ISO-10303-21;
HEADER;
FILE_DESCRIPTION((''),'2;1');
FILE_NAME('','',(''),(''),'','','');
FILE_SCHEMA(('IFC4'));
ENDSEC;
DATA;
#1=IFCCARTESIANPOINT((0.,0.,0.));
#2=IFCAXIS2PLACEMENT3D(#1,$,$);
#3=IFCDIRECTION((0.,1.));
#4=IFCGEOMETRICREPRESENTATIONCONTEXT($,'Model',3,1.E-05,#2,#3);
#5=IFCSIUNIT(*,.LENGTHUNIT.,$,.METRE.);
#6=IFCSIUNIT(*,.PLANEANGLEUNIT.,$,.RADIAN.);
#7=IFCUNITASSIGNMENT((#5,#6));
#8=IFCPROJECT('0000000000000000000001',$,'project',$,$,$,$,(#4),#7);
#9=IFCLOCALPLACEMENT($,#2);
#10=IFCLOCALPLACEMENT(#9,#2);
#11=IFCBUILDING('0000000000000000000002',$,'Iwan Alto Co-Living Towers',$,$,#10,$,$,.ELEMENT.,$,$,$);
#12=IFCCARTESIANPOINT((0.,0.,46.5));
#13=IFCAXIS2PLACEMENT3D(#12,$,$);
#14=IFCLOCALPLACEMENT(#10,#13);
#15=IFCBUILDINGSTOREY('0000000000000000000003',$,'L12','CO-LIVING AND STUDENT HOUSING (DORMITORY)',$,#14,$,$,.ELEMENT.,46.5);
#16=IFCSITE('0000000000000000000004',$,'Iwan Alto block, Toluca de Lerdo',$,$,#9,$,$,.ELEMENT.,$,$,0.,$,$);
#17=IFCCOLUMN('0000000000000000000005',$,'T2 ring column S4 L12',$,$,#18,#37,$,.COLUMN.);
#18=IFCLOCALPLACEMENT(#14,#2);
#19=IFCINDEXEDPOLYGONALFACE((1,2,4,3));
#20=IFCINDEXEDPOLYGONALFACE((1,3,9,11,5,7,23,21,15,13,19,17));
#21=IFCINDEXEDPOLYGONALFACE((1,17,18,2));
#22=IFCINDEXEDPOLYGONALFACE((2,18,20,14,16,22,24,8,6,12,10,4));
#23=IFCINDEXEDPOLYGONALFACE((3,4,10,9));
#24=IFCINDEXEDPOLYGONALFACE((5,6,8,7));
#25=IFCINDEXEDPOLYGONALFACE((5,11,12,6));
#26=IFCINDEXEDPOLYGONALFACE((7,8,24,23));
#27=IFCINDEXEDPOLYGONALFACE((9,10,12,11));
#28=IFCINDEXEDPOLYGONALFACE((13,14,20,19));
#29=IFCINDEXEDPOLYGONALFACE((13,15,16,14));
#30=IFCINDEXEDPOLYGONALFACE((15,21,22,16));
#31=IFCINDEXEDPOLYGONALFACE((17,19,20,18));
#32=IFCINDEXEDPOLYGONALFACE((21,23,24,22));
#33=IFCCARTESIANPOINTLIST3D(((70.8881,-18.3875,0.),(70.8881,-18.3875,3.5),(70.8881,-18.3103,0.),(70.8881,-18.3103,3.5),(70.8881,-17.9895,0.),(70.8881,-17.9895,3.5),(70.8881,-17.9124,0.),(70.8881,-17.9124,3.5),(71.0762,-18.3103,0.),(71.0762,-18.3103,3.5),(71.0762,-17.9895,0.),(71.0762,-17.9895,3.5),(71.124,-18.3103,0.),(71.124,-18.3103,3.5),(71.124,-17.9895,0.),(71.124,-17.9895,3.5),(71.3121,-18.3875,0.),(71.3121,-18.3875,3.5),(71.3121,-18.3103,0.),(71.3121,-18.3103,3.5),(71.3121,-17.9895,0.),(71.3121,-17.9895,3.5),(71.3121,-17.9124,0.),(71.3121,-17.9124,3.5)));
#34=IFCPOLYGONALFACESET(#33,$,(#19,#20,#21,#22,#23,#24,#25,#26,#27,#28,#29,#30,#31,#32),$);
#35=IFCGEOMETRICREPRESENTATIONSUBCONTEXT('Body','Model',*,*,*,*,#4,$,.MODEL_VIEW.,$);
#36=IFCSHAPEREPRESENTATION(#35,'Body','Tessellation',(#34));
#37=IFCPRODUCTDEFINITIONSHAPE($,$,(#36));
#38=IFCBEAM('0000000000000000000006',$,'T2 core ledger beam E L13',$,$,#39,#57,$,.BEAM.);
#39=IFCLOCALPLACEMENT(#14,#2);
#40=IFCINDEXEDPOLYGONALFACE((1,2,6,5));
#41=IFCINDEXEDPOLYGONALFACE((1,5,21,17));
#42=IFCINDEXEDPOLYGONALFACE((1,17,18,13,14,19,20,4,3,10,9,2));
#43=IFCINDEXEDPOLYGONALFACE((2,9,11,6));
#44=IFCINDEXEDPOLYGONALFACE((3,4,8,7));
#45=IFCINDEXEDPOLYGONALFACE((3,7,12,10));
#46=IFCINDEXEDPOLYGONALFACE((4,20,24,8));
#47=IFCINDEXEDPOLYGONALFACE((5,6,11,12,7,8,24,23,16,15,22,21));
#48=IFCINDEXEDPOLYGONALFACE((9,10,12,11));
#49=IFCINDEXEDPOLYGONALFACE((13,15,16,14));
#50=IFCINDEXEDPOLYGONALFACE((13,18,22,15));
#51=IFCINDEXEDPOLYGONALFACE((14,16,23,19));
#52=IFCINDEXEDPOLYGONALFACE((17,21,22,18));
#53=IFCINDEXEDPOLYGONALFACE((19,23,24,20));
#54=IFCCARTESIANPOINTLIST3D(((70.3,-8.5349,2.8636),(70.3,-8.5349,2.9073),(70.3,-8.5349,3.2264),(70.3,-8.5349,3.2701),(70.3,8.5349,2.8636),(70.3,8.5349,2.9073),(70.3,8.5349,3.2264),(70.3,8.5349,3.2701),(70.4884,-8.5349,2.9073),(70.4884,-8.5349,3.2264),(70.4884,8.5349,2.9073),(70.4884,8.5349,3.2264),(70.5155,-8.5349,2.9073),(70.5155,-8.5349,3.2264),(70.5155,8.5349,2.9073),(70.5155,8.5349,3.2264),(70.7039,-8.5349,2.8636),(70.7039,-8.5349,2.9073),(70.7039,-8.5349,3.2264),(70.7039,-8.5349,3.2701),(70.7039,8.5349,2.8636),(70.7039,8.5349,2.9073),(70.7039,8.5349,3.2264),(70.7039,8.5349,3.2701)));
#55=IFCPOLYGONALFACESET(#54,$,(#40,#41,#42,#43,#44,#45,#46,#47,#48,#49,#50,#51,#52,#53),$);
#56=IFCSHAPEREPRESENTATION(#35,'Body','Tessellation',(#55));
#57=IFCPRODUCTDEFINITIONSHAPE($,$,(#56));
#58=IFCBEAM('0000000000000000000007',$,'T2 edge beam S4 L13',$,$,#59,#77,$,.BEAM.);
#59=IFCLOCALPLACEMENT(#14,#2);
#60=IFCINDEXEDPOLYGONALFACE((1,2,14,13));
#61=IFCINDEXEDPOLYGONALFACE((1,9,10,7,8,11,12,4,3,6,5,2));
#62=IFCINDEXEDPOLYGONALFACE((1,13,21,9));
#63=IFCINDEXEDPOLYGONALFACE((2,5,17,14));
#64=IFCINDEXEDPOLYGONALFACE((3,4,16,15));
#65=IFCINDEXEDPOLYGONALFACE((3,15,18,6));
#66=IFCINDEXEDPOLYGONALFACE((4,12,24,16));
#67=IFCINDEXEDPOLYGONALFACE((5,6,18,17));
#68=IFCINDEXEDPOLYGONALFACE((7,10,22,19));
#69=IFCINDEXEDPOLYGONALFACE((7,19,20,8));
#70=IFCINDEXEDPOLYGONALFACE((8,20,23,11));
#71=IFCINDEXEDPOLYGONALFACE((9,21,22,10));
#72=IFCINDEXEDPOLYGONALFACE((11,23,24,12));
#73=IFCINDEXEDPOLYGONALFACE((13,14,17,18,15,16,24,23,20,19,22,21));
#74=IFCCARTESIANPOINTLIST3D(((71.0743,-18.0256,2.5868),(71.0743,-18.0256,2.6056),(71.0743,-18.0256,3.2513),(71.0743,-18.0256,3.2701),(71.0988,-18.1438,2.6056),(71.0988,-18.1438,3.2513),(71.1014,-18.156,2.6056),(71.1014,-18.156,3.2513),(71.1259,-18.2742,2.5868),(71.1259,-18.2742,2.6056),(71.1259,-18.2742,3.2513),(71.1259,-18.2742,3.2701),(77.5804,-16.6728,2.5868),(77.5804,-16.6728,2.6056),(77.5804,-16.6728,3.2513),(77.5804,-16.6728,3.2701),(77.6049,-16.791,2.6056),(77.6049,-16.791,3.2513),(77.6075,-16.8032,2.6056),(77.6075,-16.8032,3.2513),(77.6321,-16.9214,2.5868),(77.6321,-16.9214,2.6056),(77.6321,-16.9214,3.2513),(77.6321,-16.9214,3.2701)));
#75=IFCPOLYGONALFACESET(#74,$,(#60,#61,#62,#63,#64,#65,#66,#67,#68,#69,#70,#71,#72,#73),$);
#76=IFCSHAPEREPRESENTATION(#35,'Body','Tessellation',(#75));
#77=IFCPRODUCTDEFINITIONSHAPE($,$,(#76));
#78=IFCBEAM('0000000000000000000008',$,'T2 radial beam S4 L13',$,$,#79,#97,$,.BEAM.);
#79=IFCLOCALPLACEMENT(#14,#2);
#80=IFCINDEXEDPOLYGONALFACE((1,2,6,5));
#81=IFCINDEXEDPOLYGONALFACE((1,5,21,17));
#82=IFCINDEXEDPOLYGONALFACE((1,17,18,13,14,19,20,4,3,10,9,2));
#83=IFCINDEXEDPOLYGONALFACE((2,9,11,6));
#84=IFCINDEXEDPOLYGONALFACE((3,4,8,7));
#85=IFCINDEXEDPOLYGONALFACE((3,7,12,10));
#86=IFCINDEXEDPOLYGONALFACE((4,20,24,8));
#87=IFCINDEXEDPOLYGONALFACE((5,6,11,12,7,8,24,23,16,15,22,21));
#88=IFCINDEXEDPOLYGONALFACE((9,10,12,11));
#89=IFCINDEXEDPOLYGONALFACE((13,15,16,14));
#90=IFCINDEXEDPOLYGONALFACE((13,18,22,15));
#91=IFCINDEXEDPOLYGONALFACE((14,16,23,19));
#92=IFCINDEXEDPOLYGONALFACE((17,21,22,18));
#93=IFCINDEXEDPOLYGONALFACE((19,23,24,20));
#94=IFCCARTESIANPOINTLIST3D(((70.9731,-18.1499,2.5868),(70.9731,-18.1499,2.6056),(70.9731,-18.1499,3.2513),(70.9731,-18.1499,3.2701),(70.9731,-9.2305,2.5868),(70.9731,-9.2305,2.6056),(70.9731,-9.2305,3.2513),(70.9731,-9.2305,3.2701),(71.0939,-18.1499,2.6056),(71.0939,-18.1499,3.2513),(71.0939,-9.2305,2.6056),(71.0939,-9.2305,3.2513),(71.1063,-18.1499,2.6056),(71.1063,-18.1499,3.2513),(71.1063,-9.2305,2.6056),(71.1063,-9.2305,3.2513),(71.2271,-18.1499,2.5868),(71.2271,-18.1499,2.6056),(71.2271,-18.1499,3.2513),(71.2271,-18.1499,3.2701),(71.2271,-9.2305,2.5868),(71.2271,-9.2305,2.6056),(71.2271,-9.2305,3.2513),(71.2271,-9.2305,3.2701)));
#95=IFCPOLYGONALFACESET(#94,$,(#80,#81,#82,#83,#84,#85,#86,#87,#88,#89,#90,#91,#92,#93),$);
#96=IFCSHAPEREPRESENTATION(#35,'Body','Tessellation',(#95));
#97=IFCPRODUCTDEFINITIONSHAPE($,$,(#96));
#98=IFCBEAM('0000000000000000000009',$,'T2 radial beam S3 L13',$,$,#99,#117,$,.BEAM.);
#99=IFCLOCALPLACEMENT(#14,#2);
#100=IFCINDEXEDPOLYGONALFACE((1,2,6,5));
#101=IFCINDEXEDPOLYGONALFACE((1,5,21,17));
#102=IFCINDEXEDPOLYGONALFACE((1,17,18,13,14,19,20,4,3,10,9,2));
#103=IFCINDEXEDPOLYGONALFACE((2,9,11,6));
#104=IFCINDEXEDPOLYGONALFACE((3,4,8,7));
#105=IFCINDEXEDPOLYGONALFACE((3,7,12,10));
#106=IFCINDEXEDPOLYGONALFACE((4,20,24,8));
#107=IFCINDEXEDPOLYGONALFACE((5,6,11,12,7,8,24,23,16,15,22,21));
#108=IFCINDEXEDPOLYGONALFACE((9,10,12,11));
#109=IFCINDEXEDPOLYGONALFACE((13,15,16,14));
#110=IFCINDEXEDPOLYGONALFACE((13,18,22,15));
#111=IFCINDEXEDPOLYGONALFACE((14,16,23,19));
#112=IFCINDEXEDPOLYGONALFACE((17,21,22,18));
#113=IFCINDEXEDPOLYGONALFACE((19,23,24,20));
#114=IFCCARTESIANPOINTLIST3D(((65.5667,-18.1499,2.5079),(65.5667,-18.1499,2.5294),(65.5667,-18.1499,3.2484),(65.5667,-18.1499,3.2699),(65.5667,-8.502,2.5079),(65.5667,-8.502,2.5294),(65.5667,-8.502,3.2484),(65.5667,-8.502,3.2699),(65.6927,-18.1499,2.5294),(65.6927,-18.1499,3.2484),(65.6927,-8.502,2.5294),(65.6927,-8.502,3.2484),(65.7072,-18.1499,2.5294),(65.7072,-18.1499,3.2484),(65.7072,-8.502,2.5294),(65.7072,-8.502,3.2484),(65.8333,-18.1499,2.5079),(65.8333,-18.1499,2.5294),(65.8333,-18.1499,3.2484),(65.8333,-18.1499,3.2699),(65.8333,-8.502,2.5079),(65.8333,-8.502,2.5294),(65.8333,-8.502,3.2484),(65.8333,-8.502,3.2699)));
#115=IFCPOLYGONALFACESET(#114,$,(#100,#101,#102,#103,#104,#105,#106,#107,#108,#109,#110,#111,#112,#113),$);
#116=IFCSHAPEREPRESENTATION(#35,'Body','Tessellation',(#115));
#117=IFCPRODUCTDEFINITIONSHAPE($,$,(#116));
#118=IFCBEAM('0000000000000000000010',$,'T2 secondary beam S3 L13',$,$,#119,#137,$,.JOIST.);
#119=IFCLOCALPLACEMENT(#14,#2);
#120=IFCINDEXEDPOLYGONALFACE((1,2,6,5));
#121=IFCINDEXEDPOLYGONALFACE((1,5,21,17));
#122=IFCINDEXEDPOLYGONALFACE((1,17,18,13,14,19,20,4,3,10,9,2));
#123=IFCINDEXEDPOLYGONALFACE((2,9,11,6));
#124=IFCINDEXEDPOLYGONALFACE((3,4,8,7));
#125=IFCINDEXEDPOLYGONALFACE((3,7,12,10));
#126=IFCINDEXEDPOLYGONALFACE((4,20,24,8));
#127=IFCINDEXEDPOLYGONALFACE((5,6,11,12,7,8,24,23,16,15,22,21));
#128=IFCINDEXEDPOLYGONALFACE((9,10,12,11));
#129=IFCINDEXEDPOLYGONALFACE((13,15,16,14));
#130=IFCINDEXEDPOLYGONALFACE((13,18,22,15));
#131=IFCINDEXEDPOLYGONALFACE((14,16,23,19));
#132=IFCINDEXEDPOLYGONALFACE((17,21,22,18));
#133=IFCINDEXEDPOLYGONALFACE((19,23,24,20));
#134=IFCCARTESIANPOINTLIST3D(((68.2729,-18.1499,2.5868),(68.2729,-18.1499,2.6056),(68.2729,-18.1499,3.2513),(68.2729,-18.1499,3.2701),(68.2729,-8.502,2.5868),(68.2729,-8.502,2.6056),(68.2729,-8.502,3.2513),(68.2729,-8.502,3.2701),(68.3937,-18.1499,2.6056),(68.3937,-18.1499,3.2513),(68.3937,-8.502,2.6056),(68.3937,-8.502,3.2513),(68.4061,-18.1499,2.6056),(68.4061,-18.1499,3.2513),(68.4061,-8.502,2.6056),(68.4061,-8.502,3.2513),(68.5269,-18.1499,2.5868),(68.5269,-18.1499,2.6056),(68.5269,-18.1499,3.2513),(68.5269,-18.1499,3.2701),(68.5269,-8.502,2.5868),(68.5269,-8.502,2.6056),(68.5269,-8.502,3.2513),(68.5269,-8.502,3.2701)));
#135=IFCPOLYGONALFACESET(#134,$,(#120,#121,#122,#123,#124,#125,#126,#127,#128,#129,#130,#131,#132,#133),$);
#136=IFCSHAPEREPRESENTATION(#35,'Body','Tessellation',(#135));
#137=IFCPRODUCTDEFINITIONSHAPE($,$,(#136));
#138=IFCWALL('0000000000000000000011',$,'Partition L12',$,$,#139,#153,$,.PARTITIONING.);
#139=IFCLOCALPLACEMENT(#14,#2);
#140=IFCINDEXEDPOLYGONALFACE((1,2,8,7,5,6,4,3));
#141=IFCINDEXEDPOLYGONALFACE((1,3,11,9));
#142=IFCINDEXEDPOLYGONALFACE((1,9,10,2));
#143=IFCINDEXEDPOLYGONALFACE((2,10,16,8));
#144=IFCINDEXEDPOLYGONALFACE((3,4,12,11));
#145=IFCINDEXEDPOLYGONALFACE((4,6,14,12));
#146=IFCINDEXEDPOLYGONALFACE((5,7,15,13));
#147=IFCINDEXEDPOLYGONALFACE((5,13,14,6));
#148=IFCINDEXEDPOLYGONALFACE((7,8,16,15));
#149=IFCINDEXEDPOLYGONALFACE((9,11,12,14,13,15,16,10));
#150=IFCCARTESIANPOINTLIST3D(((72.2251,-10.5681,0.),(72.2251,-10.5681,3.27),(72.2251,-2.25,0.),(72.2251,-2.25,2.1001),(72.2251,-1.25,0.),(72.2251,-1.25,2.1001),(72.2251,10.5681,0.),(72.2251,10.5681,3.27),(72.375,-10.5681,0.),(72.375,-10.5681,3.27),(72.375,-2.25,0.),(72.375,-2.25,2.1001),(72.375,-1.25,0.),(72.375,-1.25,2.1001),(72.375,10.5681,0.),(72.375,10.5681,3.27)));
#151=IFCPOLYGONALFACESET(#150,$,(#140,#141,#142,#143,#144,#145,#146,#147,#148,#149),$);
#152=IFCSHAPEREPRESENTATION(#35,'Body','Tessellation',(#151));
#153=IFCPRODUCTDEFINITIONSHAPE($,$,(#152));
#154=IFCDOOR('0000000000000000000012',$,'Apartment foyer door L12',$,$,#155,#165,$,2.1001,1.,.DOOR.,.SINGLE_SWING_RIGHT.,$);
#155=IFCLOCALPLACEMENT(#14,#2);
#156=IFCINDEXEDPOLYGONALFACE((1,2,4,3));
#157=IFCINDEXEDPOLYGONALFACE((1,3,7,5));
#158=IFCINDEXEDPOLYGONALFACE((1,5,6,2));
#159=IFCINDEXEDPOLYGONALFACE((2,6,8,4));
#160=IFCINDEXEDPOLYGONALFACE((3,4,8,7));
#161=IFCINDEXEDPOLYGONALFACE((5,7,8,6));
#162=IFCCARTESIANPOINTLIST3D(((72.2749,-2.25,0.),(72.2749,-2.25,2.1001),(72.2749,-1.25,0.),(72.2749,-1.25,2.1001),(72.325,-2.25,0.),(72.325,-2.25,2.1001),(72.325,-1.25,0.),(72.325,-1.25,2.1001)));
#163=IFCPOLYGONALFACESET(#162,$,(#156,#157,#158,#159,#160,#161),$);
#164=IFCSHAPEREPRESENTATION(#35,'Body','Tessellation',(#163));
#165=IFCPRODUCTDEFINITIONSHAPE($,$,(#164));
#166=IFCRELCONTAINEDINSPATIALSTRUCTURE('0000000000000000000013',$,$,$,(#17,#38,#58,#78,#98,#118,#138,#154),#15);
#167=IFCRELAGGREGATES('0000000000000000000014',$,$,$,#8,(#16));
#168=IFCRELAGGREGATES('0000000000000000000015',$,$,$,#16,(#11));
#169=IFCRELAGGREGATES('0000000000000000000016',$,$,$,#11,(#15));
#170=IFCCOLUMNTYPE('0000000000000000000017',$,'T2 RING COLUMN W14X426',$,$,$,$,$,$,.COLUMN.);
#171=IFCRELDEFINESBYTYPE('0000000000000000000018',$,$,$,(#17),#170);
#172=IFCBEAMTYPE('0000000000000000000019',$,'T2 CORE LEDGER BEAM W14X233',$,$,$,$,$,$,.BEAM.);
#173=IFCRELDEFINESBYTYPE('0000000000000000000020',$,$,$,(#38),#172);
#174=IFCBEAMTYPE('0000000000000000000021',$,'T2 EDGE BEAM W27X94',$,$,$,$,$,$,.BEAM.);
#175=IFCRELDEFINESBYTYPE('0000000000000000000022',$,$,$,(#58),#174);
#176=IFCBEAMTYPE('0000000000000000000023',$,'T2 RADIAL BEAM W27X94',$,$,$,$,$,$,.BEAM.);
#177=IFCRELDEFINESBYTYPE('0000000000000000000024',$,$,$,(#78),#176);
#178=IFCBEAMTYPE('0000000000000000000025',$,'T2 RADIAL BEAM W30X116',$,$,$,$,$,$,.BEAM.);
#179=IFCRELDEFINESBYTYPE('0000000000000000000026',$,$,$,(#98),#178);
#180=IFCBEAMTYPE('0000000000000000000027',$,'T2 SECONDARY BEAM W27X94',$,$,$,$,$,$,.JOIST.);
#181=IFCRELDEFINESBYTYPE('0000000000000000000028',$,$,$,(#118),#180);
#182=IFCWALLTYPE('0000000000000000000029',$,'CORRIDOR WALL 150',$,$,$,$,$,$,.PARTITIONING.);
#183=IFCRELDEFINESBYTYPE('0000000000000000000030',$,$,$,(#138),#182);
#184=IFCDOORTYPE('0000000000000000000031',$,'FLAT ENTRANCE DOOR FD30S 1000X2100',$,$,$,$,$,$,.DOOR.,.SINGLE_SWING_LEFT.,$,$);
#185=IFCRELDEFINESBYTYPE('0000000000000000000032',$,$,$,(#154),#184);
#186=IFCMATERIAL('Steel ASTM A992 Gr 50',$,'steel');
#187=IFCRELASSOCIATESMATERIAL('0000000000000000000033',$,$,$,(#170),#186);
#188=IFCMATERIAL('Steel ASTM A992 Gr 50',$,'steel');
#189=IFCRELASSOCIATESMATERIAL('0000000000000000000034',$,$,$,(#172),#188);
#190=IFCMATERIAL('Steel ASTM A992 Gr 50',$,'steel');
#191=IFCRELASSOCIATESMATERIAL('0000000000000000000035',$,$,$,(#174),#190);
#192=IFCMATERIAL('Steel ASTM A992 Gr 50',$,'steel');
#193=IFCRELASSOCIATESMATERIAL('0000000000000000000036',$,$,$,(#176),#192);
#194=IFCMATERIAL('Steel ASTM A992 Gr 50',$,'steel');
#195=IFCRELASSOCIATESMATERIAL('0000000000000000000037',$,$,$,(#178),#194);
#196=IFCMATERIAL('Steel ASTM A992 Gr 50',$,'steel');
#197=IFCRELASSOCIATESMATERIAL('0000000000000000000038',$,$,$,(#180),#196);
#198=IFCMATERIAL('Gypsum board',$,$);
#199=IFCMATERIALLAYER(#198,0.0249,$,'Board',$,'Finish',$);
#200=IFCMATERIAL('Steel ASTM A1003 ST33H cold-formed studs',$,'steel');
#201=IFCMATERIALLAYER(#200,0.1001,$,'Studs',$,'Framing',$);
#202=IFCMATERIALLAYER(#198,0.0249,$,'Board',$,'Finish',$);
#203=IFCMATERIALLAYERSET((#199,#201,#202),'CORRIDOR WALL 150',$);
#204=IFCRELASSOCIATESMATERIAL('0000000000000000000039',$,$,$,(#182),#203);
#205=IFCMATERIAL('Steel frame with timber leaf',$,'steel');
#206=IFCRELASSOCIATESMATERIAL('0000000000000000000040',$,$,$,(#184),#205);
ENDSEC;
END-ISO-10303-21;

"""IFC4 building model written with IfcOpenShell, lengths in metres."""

from ifc_helpers import new_model, si_unit, direction, frame, frame_2d, origin, origin_2d, place, context, subcontext, project, spatial, rectangle, i_section, extrude, material, layer, layer_set, material_profile, profile_set, type_object, element, fill, save


model = new_model("IFC4")

# Units and contexts
model_context = context("Model", 3, precision=1e-05, world=origin(), true_north=direction((0.0, 1.0)))
body_context = subcontext(model_context, "Body", "Model", "MODEL_VIEW")
ifc_project = project(units=[si_unit("LENGTHUNIT", "METRE"), si_unit("PLANEANGLEUNIT", "RADIAN")], contexts=[model_context])

# Site, building, storey
site_placement = place(None, origin())
site = spatial("IfcSite", under=ifc_project, at=site_placement, Name="Iwan Alto block, Toluca de Lerdo", CompositionType="ELEMENT", RefElevation=0.0)
building_placement = place(site_placement, origin())
building = spatial("IfcBuilding", under=site, at=building_placement, Name="Iwan Alto Co-Living Towers", CompositionType="ELEMENT")
storey_placement = place(building_placement, frame((0.0, 0.0, 46.5)))
storey = spatial("IfcBuildingStorey", under=building, at=storey_placement, Name="L12", Description="CO-LIVING AND STUDENT HOUSING (DORMITORY)", CompositionType="ELEMENT", Elevation=46.5)

# Column
ifc_material_1 = material(Name="Steel ASTM A992 Gr 50", Category="steel")
ifc_material_profile_1 = material_profile(ifc_material_1, i_section(OverallWidth=0.4241, OverallDepth=0.4751, WebThickness=0.0479, FlangeThickness=0.0771, at=origin_2d()), Name="W14X426")
ifc_profile_set_1 = profile_set([ifc_material_profile_1], Name="Steel ASTM A992 Gr 50")
column_type = type_object("IfcColumnType", Name="T2 RING COLUMN W14X426", PredefinedType="COLUMN", material=ifc_profile_set_1)
column_placement = place(storey_placement, frame((71.1001, -18.1499, 0.0), z_axis=(0.0, 0.0, 1.0), x_axis=(1.0, 0.0, 0.0)))
element("IfcColumn", 1, at=column_placement, inside=storey, type_object=column_type, Name="T2 ring column S4 L12", PredefinedType="COLUMN", context=body_context, shape_type="SweptSolid", body=[
    extrude(i_section(OverallWidth=0.4241, OverallDepth=0.4751, WebThickness=0.0479, FlangeThickness=0.0771, at=origin_2d()), origin(), (0.0, 0.0, 1.0), 3.5),
])

# Beams
ifc_material_2 = material(Name="Steel ASTM A992 Gr 50", Category="steel")
ifc_material_profile_2 = material_profile(ifc_material_2, i_section(OverallWidth=0.4038, OverallDepth=0.4065, WebThickness=0.0271, FlangeThickness=0.0437, at=origin_2d()), Name="W14X233")
ifc_profile_set_2 = profile_set([ifc_material_profile_2], Name="Steel ASTM A992 Gr 50")
beam_type_1 = type_object("IfcBeamType", Name="T2 CORE LEDGER BEAM W14X233", PredefinedType="BEAM", material=ifc_profile_set_2)
beam_1_placement = place(storey_placement, frame((70.502, -8.5349, 3.0669), z_axis=(0.0, 1.0, 0.0), x_axis=(-1.0, 0.0, 0.0)))
element("IfcBeam", 2, at=beam_1_placement, inside=storey, type_object=beam_type_1, Name="T2 core ledger beam E L13", PredefinedType="BEAM", context=body_context, shape_type="SweptSolid", body=[
    extrude(i_section(OverallWidth=0.4038, OverallDepth=0.4065, WebThickness=0.0271, FlangeThickness=0.0437, at=origin_2d()), origin(), (0.0, 0.0, 1.0), 17.0698),
])
ifc_material_3 = material(Name="Steel ASTM A992 Gr 50", Category="steel")
ifc_material_profile_3 = material_profile(ifc_material_3, i_section(OverallWidth=0.2539, OverallDepth=0.6833, WebThickness=0.0125, FlangeThickness=0.0188, at=origin_2d()), Name="W27X94")
ifc_profile_set_3 = profile_set([ifc_material_profile_3], Name="Steel ASTM A992 Gr 50")
beam_type_2 = type_object("IfcBeamType", Name="T2 EDGE BEAM W27X94", PredefinedType="BEAM", material=ifc_profile_set_3)
beam_2_placement = place(storey_placement, frame((71.1001, -18.1499, 2.9285), z_axis=(0.97906, 0.203571, 0.0), x_axis=(-0.203571, 0.97906, 0.0)))
element("IfcBeam", 3, at=beam_2_placement, inside=storey, type_object=beam_type_2, Name="T2 edge beam S4 L13", PredefinedType="BEAM", context=body_context, shape_type="SweptSolid", body=[
    extrude(i_section(OverallWidth=0.2539, OverallDepth=0.6833, WebThickness=0.0125, FlangeThickness=0.0188, at=origin_2d()), origin(), (0.0, 0.0, 1.0), 6.6453),
])
ifc_material_4 = material(Name="Steel ASTM A992 Gr 50", Category="steel")
ifc_material_profile_4 = material_profile(ifc_material_4, i_section(OverallWidth=0.2539, OverallDepth=0.6833, WebThickness=0.0125, FlangeThickness=0.0188, at=origin_2d()), Name="W27X94")
ifc_profile_set_4 = profile_set([ifc_material_profile_4], Name="Steel ASTM A992 Gr 50")
beam_type_3 = type_object("IfcBeamType", Name="T2 RADIAL BEAM W27X94", PredefinedType="BEAM", material=ifc_profile_set_4)
beam_3_placement = place(storey_placement, frame((71.1001, -18.1499, 2.9285), z_axis=(0.0, 1.0, 0.0), x_axis=(-1.0, 0.0, 0.0)))
element("IfcBeam", 4, at=beam_3_placement, inside=storey, type_object=beam_type_3, Name="T2 radial beam S4 L13", PredefinedType="BEAM", context=body_context, shape_type="SweptSolid", body=[
    extrude(i_section(OverallWidth=0.2539, OverallDepth=0.6833, WebThickness=0.0125, FlangeThickness=0.0188, at=origin_2d()), origin(), (0.0, 0.0, 1.0), 8.9194),
])
ifc_material_5 = material(Name="Steel ASTM A992 Gr 50", Category="steel")
ifc_material_profile_5 = material_profile(ifc_material_5, i_section(OverallWidth=0.2666, OverallDepth=0.762, WebThickness=0.0144, FlangeThickness=0.0215, at=origin_2d()), Name="W30X116")
ifc_profile_set_5 = profile_set([ifc_material_profile_5], Name="Steel ASTM A992 Gr 50")
beam_type_4 = type_object("IfcBeamType", Name="T2 RADIAL BEAM W30X116", PredefinedType="BEAM", material=ifc_profile_set_5)
beam_4_placement = place(storey_placement, frame((65.7, -18.1499, 2.8889), z_axis=(0.0, 1.0, 0.0), x_axis=(-1.0, 0.0, 0.0)))
element("IfcBeam", 5, at=beam_4_placement, inside=storey, type_object=beam_type_4, Name="T2 radial beam S3 L13", PredefinedType="BEAM", context=body_context, shape_type="SweptSolid", body=[
    extrude(i_section(OverallWidth=0.2666, OverallDepth=0.762, WebThickness=0.0144, FlangeThickness=0.0215, at=origin_2d()), origin(), (0.0, 0.0, 1.0), 9.6479),
])
ifc_material_6 = material(Name="Steel ASTM A992 Gr 50", Category="steel")
ifc_material_profile_6 = material_profile(ifc_material_6, i_section(OverallWidth=0.2539, OverallDepth=0.6833, WebThickness=0.0125, FlangeThickness=0.0188, at=origin_2d()), Name="W27X94")
ifc_profile_set_6 = profile_set([ifc_material_profile_6], Name="Steel ASTM A992 Gr 50")
beam_type_5 = type_object("IfcBeamType", Name="T2 SECONDARY BEAM W27X94", PredefinedType="JOIST", material=ifc_profile_set_6)
beam_5_placement = place(storey_placement, frame((68.3999, -18.1499, 2.9285), z_axis=(0.0, 1.0, 0.0), x_axis=(-1.0, 0.0, 0.0)))
element("IfcBeam", 6, at=beam_5_placement, inside=storey, type_object=beam_type_5, Name="T2 secondary beam S3 L13", PredefinedType="JOIST", context=body_context, shape_type="SweptSolid", body=[
    extrude(i_section(OverallWidth=0.2539, OverallDepth=0.6833, WebThickness=0.0125, FlangeThickness=0.0188, at=origin_2d()), origin(), (0.0, 0.0, 1.0), 9.6479),
])

# Wall, opening, door
ifc_material_7 = material(Name="Gypsum board")
ifc_layer_1 = layer(ifc_material_7, 0.0249, Name="Board", Category="Finish")
ifc_material_8 = material(Name="Steel ASTM A1003 ST33H cold-formed studs", Category="steel")
ifc_layer_2 = layer(ifc_material_8, 0.1001, Name="Studs", Category="Framing")
ifc_layer_3 = layer(ifc_material_7, 0.0249, Name="Board", Category="Finish")
ifc_layer_set_1 = layer_set([ifc_layer_1, ifc_layer_2, ifc_layer_3], Name="CORRIDOR WALL 150")
wall_type_1 = type_object("IfcWallType", Name="CORRIDOR WALL 150", PredefinedType="PARTITIONING", material=ifc_layer_set_1)
wall_1_placement = place(storey_placement, frame((72.3, -10.5681, 0.0), z_axis=(0.0, 0.0, 1.0), x_axis=(0.0, 1.0, 0.0)))
wall_1 = element("IfcWall", 7, at=wall_1_placement, inside=storey, type_object=wall_type_1, Name="Partition L12", PredefinedType="PARTITIONING", context=body_context, shape_type="SweptSolid", body=[
    extrude(rectangle(XDim=21.1362, YDim=0.1499, at=frame_2d((10.5681, 0.0))), origin(), (0.0, 0.0, 1.0), 3.27),
])
opening_1_placement = place(wall_1_placement, frame((8.3181, 0.0, 0.0)))
opening_1 = element("IfcOpeningElement", 8, at=opening_1_placement, cuts=wall_1, PredefinedType="OPENING", context=body_context, shape_type="SweptSolid", body=[
    extrude(rectangle(XDim=1.0, YDim=2.1001, at=frame_2d((0.5, 1.05))), frame((0.0, 0.085, 0.0), z_axis=(0.0, -1.0, 0.0), x_axis=(1.0, 0.0, 0.0)), (0.0, 0.0, 1.0), 0.1699),
])
ifc_material_9 = material(Name="Steel frame with timber leaf", Category="steel")
door_type_1 = type_object("IfcDoorType", Name="FLAT ENTRANCE DOOR FD30S 1000X2100", OperationType="SINGLE_SWING_LEFT", PredefinedType="DOOR", material=ifc_material_9)
door_1_placement = place(opening_1_placement, frame((1.0, 0.0, 0.0), z_axis=(0.0, 0.0, 1.0), x_axis=(-1.0, 0.0, 0.0)))
door_1 = element("IfcDoor", 9, at=door_1_placement, inside=storey, type_object=door_type_1, Name="Apartment foyer door L12", OperationType="SINGLE_SWING_RIGHT", OverallHeight=2.1001, OverallWidth=1.0, PredefinedType="DOOR", context=body_context, shape_type="SweptSolid", body=[
    extrude(rectangle(XDim=1.0, YDim=2.1001, at=frame_2d((0.5, 1.05))), frame((0.0, 0.0249, 0.0), z_axis=(0.0, -1.0, 0.0), x_axis=(1.0, 0.0, 0.0)), (0.0, 0.0, 1.0), 0.05),
])
fill(opening_1, door_1)

save(model, "model.ifc")
